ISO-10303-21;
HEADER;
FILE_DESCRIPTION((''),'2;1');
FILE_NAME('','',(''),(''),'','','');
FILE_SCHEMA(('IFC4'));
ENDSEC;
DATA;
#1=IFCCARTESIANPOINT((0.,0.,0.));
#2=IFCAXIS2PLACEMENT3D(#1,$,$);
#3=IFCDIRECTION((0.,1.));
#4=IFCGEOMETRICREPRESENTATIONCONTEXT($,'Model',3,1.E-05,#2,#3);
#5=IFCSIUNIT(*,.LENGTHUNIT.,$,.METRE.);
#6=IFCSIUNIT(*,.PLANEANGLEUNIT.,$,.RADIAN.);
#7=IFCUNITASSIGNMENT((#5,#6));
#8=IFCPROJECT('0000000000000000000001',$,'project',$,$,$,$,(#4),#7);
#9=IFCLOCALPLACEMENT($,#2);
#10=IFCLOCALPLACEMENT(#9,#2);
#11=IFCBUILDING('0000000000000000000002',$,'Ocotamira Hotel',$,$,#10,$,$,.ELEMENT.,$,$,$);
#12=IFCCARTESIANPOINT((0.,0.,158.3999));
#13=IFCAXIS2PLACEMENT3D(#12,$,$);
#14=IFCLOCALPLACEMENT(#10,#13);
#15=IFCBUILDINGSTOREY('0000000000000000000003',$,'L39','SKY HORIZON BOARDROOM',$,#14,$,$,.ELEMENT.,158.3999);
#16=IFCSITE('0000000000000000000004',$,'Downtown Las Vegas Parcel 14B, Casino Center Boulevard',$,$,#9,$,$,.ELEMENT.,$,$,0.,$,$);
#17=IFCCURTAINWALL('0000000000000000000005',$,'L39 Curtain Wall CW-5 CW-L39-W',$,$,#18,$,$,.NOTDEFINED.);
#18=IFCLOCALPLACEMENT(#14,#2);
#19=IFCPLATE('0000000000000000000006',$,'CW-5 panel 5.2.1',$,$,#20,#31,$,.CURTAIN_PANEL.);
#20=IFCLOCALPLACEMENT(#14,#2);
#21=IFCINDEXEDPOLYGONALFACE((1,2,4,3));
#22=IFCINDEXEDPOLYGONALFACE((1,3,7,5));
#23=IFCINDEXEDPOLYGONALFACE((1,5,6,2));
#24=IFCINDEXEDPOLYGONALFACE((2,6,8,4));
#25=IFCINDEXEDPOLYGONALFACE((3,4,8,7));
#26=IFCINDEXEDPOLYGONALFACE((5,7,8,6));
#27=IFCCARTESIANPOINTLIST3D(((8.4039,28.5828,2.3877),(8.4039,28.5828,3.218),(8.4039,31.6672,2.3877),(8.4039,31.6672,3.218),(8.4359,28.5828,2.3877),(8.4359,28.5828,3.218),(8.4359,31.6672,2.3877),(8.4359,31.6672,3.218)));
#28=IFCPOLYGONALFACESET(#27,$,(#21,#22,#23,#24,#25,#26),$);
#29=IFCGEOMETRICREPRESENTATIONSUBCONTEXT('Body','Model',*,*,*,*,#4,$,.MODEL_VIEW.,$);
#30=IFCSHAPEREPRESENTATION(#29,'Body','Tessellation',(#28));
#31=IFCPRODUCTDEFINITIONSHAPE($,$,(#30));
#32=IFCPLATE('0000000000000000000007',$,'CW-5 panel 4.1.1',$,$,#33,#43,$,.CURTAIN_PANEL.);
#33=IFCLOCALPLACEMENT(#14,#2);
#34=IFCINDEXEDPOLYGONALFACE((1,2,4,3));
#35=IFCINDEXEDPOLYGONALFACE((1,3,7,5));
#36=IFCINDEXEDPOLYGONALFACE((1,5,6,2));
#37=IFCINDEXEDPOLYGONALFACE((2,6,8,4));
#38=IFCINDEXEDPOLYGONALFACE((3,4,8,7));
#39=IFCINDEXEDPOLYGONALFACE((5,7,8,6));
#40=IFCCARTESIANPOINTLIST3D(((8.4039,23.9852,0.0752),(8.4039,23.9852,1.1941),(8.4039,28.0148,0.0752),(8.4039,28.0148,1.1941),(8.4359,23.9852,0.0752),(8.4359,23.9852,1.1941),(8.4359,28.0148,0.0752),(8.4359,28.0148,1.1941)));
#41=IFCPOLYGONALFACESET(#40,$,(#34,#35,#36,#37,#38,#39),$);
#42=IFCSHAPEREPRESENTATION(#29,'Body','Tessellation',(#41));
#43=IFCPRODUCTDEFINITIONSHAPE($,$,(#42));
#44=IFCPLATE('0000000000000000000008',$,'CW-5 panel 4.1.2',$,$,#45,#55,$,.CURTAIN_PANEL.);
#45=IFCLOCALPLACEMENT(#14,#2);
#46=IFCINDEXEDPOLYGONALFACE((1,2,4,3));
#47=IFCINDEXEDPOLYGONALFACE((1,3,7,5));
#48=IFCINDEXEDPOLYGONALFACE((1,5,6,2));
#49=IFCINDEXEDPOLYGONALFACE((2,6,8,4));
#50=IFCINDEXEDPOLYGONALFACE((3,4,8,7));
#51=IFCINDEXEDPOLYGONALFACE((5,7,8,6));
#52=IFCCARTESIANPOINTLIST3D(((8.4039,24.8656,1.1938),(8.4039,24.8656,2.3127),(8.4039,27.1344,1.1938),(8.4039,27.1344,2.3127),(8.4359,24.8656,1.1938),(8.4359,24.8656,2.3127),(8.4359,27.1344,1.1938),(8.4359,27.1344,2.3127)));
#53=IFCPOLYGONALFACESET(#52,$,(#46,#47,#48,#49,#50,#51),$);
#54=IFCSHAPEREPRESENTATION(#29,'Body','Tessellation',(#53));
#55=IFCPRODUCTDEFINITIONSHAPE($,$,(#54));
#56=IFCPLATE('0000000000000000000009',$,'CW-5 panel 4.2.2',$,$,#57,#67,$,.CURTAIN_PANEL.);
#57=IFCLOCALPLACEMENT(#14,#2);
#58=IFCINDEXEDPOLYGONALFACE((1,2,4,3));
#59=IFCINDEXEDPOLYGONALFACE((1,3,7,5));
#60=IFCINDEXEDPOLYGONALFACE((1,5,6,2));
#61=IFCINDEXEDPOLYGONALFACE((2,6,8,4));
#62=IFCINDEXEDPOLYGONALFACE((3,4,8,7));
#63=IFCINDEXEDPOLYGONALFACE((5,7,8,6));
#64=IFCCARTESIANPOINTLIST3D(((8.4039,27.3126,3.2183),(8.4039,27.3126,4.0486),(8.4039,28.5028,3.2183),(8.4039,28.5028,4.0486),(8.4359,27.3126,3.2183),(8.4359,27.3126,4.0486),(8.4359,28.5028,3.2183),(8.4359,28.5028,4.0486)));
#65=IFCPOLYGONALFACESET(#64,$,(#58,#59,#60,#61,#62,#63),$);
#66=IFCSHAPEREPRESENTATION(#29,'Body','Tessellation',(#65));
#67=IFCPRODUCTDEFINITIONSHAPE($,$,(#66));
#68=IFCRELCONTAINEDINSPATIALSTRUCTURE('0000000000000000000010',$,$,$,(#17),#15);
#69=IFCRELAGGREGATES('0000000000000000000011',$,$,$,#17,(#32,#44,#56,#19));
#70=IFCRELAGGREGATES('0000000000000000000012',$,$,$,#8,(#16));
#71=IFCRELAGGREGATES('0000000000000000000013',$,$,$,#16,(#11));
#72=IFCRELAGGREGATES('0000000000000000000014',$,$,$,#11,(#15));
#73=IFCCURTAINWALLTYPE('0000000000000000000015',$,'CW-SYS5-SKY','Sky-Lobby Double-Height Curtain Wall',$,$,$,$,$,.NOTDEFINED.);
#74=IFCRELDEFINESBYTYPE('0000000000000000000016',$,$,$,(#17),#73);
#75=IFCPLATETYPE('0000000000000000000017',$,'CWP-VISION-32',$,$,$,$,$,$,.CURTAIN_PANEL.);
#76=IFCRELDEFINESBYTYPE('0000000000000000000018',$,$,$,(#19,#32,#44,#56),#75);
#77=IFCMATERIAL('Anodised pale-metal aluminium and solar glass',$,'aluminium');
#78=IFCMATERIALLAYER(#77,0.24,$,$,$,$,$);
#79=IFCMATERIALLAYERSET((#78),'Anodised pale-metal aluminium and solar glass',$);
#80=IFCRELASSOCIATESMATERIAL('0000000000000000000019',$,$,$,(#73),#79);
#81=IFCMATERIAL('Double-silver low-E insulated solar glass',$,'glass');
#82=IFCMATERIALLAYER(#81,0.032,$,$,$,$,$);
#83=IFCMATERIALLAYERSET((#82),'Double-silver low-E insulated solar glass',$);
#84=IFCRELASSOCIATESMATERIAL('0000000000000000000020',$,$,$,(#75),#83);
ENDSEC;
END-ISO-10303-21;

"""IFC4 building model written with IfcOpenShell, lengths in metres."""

from ifc_helpers import new_model, si_unit, direction, frame, origin, origin_2d, place, context, subcontext, project, spatial, rectangle, extrude, source, transform, mapped, material, layer, layer_set, type_object, element, aggregate, save


model = new_model("IFC4")

# Units and contexts
model_context = context("Model", 3, precision=1e-05, world=origin(), true_north=direction((0.0, 1.0)))
body_context = subcontext(model_context, "Body", "Model", "MODEL_VIEW")
ifc_project = project(units=[si_unit("LENGTHUNIT", "METRE"), si_unit("PLANEANGLEUNIT", "RADIAN")], contexts=[model_context])

# Site, building, storey
site_placement = place(None, origin())
site = spatial("IfcSite", under=ifc_project, at=site_placement, Name="Downtown Las Vegas Parcel 14B, Casino Center Boulevard", CompositionType="ELEMENT", RefElevation=0.0)
building_placement = place(site_placement, origin())
building = spatial("IfcBuilding", under=site, at=building_placement, Name="Ocotamira Hotel", CompositionType="ELEMENT")
storey_placement = place(building_placement, frame((0.0, 0.0, 158.3999)))
storey = spatial("IfcBuildingStorey", under=building, at=storey_placement, Name="L39", Description="SKY HORIZON BOARDROOM", CompositionType="ELEMENT", Elevation=158.3999)

# Curtain wall
ifc_material_1 = material(Name="Anodised pale-metal aluminium and solar glass", Category="aluminium")
ifc_layer_1 = layer(ifc_material_1, 0.24)
ifc_layer_set_1 = layer_set([ifc_layer_1], Name="Anodised pale-metal aluminium and solar glass")
curtain_wall_type = type_object("IfcCurtainWallType", Name="CW-SYS5-SKY", Description="Sky-Lobby Double-Height Curtain Wall", PredefinedType="NOTDEFINED", material=ifc_layer_set_1)
curtain_wall_placement = place(storey_placement, origin())
curtain_wall = element("IfcCurtainWall", 1, at=curtain_wall_placement, inside=storey, type_object=curtain_wall_type, Name="L39 Curtain Wall CW-5 CW-L39-W", PredefinedType="NOTDEFINED")

# Plates
ifc_material_2 = material(Name="Double-silver low-E insulated solar glass", Category="glass")
ifc_layer_2 = layer(ifc_material_2, 0.032)
ifc_layer_set_2 = layer_set([ifc_layer_2], Name="Double-silver low-E insulated solar glass")
plate_type_1 = type_object("IfcPlateType", Name="CWP-VISION-32", PredefinedType="CURTAIN_PANEL", material=ifc_layer_set_2)
shared_shape_1 = source(origin(), body_context, "Body", "SweptSolid", [
    extrude(rectangle(XDim=3.0845, YDim=0.032, at=origin_2d()), origin(), (0.0, 0.0, 1.0), 0.8303),
])
plate_1_placement = place(storey_placement, frame((8.4199, 30.125, 2.3877), z_axis=(0.0, 0.0, 1.0), x_axis=(0.0, 1.0, 0.0)))
plate_1 = element("IfcPlate", 2, at=plate_1_placement, type_object=plate_type_1, Name="CW-5 panel 5.2.1", PredefinedType="CURTAIN_PANEL", context=body_context, shape_type="MappedRepresentation", body=[
    mapped(shared_shape_1, transform((0.0, 0.0, 0.0), scale=1.0)),
])
shared_shape_2 = source(origin(), body_context, "Body", "SweptSolid", [
    extrude(rectangle(XDim=4.0295, YDim=0.032, at=origin_2d()), origin(), (0.0, 0.0, 1.0), 1.1189),
])
plate_2_placement = place(storey_placement, frame((8.4199, 26.0, 0.0752), z_axis=(0.0, 0.0, 1.0), x_axis=(0.0, 1.0, 0.0)))
plate_2 = element("IfcPlate", 3, at=plate_2_placement, type_object=plate_type_1, Name="CW-5 panel 4.1.1", PredefinedType="CURTAIN_PANEL", context=body_context, shape_type="MappedRepresentation", body=[
    mapped(shared_shape_2, transform((0.0, 0.0, 0.0), scale=1.0)),
])
shared_shape_3 = source(origin(), body_context, "Body", "SweptSolid", [
    extrude(rectangle(XDim=2.2688, YDim=0.032, at=origin_2d()), origin(), (0.0, 0.0, 1.0), 1.1189),
])
plate_3_placement = place(storey_placement, frame((8.4199, 26.0, 1.1938), z_axis=(0.0, 0.0, 1.0), x_axis=(0.0, 1.0, 0.0)))
plate_3 = element("IfcPlate", 4, at=plate_3_placement, type_object=plate_type_1, Name="CW-5 panel 4.1.2", PredefinedType="CURTAIN_PANEL", context=body_context, shape_type="MappedRepresentation", body=[
    mapped(shared_shape_3, transform((0.0, 0.0, 0.0), scale=1.0)),
])
shared_shape_4 = source(origin(), body_context, "Body", "SweptSolid", [
    extrude(rectangle(XDim=1.1902, YDim=0.032, at=origin_2d()), origin(), (0.0, 0.0, 1.0), 0.8303),
])
plate_4_placement = place(storey_placement, frame((8.4199, 27.9077, 3.2183), z_axis=(0.0, 0.0, 1.0), x_axis=(0.0, 1.0, 0.0)))
plate_4 = element("IfcPlate", 5, at=plate_4_placement, type_object=plate_type_1, Name="CW-5 panel 4.2.2", PredefinedType="CURTAIN_PANEL", context=body_context, shape_type="MappedRepresentation", body=[
    mapped(shared_shape_4, transform((0.0, 0.0, 0.0), scale=1.0)),
])
aggregate(curtain_wall, [plate_2, plate_3, plate_4, plate_1])

save(model, "model.ifc")
